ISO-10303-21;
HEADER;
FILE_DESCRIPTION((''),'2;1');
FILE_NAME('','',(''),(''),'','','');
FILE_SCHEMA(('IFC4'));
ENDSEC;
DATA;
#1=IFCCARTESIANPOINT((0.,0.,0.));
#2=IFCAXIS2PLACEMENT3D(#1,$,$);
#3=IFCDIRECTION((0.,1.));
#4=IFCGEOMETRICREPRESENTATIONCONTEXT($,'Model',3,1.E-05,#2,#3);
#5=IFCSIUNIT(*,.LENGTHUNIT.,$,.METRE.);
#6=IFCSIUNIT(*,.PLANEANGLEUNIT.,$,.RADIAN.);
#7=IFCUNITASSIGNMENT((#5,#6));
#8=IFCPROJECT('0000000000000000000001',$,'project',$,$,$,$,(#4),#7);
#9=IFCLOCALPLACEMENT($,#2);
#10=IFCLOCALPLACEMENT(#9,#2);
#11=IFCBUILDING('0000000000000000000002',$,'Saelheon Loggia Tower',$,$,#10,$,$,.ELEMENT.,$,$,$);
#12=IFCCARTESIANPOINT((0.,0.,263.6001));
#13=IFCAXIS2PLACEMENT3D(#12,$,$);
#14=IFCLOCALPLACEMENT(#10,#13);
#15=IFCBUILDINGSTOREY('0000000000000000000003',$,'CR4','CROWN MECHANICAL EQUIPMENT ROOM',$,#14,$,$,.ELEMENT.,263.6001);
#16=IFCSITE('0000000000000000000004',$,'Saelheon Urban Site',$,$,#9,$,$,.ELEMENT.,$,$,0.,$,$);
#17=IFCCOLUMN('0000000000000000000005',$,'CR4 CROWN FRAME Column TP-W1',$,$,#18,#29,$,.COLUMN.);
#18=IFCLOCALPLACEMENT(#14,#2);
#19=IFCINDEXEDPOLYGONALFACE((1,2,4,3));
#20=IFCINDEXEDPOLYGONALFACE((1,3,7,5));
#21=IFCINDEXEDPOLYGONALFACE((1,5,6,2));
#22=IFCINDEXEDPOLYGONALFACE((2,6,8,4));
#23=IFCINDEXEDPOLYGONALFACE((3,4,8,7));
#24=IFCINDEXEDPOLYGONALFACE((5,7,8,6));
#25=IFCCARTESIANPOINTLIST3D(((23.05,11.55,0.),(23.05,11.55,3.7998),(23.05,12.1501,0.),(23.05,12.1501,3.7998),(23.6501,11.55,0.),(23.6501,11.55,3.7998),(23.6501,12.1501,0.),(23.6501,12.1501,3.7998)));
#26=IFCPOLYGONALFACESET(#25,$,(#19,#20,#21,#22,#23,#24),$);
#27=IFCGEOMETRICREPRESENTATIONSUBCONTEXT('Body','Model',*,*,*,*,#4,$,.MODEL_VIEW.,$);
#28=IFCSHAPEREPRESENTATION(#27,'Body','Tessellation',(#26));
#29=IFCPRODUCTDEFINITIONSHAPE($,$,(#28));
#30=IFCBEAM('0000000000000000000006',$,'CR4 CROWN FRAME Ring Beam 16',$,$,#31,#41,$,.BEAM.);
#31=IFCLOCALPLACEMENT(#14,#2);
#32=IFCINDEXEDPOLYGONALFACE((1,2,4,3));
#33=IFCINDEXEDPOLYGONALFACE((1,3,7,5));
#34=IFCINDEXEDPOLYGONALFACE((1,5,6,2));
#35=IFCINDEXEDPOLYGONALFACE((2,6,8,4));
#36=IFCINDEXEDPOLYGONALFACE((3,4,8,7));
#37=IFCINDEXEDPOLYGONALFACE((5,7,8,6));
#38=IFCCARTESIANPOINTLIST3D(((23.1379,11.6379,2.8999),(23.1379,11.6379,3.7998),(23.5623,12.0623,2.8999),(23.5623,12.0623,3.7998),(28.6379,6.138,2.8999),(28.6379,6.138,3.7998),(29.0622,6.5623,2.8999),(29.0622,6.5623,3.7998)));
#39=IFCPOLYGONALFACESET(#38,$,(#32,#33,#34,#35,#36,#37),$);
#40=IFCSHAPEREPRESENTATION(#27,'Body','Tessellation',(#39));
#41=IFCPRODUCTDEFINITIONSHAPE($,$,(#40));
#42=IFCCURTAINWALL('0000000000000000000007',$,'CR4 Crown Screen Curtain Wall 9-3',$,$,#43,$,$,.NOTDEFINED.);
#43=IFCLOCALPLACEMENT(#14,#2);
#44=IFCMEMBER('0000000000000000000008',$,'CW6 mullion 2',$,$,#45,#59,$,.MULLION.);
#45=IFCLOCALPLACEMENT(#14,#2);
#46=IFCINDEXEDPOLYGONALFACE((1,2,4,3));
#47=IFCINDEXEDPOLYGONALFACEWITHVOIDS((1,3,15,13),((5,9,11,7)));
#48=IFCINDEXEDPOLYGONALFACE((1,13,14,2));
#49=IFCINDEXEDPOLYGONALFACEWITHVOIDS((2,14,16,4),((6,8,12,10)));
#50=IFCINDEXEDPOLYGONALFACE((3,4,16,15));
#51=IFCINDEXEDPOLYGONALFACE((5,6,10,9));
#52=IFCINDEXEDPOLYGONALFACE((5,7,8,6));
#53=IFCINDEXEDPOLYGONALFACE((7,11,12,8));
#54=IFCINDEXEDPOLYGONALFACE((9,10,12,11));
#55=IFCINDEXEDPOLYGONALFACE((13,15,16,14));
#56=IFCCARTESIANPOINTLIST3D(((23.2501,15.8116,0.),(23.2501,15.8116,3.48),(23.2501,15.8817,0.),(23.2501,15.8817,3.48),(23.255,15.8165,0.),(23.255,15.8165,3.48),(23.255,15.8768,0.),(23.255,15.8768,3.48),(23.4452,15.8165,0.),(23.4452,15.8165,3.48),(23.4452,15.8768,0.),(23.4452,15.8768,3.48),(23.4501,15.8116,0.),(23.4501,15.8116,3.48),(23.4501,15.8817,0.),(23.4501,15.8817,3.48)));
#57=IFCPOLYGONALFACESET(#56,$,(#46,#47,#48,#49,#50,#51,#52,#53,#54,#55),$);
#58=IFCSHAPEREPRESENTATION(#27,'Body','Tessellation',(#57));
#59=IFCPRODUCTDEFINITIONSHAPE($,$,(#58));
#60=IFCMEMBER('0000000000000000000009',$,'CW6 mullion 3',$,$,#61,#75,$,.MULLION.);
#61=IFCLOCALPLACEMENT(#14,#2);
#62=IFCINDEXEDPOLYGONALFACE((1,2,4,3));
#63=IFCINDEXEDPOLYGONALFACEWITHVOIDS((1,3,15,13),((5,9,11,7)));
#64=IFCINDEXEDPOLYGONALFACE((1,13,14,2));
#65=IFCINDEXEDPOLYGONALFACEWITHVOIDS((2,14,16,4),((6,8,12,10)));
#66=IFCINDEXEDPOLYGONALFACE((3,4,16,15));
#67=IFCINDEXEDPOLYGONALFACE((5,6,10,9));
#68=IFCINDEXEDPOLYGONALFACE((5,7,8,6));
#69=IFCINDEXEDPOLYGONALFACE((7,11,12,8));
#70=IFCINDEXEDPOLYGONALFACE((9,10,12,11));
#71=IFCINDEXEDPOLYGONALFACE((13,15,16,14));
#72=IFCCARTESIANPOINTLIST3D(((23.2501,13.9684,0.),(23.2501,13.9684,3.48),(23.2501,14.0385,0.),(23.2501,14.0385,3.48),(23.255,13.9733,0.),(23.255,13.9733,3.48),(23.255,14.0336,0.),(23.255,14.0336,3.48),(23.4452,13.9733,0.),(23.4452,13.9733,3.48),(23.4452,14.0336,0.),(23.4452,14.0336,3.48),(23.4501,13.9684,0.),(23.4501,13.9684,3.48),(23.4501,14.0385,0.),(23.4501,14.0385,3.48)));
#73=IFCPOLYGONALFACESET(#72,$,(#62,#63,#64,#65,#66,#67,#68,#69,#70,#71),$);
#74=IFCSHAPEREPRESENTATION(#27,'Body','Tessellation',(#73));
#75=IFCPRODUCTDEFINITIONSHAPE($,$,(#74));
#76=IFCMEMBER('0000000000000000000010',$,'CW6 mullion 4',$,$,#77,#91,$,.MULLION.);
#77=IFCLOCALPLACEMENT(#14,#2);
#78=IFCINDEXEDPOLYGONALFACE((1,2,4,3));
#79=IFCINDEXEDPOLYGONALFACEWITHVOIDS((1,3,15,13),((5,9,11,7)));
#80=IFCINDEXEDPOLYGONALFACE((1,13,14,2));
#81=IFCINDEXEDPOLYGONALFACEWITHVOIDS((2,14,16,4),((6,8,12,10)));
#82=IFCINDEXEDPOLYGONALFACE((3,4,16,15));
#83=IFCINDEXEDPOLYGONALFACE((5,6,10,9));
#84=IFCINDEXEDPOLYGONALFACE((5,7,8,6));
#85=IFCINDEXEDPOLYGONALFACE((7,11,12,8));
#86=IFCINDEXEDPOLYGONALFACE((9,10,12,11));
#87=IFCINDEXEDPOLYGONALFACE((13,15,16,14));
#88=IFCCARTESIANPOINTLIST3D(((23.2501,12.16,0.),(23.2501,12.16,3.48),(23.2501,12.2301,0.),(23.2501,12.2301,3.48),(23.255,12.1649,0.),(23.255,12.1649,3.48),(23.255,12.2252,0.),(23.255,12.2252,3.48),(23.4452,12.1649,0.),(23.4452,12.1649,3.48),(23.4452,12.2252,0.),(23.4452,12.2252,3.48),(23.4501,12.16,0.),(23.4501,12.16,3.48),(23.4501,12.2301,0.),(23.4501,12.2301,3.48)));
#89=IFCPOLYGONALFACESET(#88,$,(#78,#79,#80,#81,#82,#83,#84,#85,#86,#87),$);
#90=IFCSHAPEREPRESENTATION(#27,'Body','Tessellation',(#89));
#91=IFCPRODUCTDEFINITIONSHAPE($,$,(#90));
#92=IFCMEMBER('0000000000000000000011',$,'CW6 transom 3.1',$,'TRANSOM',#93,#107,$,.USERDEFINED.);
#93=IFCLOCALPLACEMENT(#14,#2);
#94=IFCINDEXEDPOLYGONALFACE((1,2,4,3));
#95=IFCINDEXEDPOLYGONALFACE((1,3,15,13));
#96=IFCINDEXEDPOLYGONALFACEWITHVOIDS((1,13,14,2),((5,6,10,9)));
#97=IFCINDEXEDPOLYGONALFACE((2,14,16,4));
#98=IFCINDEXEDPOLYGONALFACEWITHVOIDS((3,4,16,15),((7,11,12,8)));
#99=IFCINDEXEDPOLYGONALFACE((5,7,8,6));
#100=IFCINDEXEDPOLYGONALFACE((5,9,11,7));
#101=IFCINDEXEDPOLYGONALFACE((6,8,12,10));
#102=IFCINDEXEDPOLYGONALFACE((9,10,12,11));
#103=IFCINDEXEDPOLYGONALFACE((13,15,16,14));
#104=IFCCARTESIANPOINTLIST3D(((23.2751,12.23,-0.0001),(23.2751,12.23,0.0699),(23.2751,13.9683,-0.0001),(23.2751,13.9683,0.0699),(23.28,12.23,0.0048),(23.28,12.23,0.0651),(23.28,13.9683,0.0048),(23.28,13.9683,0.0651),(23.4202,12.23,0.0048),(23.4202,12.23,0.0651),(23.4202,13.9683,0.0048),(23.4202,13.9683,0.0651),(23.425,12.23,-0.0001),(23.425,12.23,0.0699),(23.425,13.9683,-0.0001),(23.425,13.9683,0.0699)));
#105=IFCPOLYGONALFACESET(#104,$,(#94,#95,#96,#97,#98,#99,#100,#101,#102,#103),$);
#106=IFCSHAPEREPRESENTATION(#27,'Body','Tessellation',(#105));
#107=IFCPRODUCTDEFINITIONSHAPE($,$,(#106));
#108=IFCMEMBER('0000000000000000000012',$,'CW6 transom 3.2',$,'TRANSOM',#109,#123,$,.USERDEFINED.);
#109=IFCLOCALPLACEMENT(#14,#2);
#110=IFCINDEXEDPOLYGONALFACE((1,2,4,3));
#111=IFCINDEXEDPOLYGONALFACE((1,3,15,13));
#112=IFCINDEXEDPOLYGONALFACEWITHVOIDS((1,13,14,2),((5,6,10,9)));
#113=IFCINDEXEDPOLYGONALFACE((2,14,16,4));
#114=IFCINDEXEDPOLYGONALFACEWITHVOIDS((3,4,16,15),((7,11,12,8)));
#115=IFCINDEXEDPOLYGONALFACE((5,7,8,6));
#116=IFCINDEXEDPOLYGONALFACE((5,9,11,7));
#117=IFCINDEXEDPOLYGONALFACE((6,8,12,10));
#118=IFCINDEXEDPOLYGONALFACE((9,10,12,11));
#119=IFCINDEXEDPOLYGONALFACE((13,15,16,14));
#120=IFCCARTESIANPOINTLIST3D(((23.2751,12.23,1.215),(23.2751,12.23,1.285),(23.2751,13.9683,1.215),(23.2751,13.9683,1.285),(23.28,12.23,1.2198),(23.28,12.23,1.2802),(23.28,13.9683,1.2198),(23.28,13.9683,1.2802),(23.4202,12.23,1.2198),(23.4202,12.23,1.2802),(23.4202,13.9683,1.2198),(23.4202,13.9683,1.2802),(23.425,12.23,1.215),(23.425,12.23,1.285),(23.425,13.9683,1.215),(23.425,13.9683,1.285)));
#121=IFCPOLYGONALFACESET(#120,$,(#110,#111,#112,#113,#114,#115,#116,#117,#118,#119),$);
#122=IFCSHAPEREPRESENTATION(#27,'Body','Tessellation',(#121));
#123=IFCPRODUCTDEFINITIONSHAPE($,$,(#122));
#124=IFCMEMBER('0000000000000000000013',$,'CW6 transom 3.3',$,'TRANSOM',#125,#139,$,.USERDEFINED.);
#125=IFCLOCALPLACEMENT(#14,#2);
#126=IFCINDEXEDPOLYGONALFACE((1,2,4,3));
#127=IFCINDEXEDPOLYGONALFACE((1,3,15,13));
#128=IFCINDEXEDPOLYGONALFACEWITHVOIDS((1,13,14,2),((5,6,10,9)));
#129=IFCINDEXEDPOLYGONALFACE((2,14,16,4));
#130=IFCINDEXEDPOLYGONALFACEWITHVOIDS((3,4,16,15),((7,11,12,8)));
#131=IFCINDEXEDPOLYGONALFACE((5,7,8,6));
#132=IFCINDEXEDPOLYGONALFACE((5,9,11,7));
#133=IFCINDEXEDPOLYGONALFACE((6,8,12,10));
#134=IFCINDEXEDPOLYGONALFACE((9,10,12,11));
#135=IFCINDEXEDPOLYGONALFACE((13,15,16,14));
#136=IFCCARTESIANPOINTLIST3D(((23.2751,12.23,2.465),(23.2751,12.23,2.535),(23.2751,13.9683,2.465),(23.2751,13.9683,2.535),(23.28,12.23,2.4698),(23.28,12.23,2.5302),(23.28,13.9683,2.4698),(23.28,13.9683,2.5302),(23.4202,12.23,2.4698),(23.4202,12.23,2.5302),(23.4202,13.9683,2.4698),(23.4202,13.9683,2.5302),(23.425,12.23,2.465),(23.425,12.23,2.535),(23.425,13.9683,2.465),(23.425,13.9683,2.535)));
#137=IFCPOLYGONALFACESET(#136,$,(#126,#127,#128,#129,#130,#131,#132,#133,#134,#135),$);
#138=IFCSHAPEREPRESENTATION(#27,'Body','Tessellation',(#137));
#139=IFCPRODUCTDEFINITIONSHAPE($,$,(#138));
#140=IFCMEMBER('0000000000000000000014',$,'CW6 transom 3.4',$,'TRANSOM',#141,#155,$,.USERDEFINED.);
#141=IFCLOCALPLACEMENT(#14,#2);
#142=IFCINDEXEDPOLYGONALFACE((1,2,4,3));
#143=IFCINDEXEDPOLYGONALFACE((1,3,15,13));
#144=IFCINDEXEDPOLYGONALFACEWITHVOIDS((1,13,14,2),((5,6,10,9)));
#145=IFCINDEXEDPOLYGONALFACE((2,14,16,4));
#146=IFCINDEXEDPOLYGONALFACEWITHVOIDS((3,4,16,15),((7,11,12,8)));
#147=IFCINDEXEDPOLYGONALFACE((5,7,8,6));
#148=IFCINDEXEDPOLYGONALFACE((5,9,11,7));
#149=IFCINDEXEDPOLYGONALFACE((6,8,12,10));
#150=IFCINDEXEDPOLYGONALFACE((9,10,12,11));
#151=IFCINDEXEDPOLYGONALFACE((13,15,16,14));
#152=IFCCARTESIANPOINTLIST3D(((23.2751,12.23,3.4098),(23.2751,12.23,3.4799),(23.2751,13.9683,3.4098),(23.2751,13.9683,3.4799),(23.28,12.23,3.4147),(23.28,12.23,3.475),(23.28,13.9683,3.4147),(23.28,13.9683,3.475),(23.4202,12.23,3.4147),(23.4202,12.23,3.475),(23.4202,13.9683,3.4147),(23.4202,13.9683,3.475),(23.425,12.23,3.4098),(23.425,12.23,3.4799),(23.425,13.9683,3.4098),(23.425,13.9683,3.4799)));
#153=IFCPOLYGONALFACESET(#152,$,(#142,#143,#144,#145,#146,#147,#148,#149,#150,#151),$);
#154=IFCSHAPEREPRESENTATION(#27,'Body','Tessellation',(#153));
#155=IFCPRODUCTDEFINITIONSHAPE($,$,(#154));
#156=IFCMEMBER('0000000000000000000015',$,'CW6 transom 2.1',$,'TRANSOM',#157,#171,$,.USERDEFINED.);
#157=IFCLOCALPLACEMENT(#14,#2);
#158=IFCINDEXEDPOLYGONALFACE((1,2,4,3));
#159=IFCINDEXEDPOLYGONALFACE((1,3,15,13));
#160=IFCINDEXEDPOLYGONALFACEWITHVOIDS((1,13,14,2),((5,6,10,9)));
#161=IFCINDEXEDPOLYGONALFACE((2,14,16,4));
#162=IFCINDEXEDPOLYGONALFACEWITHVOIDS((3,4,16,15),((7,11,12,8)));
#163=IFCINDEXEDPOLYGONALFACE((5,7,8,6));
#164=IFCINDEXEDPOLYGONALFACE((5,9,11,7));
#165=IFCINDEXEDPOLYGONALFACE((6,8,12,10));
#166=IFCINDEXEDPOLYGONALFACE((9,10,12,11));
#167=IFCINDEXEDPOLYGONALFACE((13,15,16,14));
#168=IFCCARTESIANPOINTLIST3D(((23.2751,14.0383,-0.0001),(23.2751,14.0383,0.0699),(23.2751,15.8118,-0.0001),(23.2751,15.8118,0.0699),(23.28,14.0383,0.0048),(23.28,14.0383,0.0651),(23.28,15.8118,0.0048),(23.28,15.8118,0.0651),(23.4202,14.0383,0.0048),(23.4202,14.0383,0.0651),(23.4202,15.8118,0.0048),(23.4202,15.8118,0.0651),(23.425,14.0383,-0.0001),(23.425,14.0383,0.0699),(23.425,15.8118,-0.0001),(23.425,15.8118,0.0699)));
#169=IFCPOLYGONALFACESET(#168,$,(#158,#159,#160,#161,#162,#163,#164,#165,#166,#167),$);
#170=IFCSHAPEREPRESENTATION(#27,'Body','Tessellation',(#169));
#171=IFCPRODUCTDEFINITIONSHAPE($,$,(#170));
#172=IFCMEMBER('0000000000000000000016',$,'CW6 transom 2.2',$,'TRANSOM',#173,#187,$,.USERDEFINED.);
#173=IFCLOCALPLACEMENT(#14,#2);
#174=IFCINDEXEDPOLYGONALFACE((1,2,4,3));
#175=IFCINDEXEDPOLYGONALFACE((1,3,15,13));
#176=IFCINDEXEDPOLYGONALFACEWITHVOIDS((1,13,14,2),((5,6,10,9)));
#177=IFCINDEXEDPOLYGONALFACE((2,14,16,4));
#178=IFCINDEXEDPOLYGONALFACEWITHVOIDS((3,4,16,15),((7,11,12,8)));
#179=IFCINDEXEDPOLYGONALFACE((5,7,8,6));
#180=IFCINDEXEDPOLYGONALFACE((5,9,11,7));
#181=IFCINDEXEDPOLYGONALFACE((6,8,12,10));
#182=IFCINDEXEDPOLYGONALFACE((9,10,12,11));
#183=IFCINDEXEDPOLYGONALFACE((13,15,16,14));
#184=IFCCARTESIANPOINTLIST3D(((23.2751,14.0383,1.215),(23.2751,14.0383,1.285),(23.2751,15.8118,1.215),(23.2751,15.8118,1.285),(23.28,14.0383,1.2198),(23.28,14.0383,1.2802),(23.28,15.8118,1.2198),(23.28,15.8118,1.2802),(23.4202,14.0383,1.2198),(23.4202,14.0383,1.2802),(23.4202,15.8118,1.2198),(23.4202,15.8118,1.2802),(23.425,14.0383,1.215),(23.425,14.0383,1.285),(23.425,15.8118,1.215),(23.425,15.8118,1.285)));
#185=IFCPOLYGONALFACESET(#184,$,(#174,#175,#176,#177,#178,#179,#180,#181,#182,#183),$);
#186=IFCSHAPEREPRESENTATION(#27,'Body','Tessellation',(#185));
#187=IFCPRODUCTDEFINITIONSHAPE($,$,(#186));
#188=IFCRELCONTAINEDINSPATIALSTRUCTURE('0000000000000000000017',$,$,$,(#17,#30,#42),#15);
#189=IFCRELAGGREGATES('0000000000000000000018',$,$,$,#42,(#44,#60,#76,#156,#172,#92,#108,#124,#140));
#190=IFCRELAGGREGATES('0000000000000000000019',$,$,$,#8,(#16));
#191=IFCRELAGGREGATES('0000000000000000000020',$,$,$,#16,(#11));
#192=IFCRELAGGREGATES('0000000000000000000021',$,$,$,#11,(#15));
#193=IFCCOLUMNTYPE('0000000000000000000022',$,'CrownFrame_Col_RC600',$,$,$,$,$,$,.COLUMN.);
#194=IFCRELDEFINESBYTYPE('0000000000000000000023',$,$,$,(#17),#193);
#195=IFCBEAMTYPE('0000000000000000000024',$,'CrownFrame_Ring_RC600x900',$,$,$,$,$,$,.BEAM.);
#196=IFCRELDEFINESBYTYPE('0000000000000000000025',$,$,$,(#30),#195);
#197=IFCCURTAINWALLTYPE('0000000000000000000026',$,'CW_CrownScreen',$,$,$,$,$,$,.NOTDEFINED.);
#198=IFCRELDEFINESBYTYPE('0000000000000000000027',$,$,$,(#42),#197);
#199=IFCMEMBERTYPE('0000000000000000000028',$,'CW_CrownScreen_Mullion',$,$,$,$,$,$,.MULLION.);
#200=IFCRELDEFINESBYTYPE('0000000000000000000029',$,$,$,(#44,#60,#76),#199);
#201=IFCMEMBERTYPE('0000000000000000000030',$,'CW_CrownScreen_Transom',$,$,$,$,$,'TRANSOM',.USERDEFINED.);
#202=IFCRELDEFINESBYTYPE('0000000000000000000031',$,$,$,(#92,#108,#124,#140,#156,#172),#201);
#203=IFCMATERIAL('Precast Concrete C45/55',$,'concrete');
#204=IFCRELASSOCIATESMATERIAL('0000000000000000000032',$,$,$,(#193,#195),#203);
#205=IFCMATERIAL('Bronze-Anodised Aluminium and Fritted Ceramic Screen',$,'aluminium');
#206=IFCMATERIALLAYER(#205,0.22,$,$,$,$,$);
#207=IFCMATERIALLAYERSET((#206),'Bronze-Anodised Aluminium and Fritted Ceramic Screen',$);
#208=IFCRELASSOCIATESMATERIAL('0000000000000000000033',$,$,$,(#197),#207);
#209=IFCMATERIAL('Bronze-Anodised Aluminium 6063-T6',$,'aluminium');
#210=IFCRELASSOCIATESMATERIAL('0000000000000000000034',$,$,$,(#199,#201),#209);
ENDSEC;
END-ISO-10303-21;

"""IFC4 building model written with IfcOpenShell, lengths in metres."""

from ifc_helpers import new_model, si_unit, direction, frame, origin, origin_2d, place, context, subcontext, project, spatial, rectangle, hollow_rectangle, extrude, source, transform, mapped, material, layer, layer_set, material_profile, profile_set, type_object, element, aggregate, save


model = new_model("IFC4")

# Units and contexts
model_context = context("Model", 3, precision=1e-05, world=origin(), true_north=direction((0.0, 1.0)))
body_context = subcontext(model_context, "Body", "Model", "MODEL_VIEW")
ifc_project = project(units=[si_unit("LENGTHUNIT", "METRE"), si_unit("PLANEANGLEUNIT", "RADIAN")], contexts=[model_context])

# Site, building, storey
site_placement = place(None, origin())
site = spatial("IfcSite", under=ifc_project, at=site_placement, Name="Saelheon Urban Site", CompositionType="ELEMENT", RefElevation=0.0)
building_placement = place(site_placement, origin())
building = spatial("IfcBuilding", under=site, at=building_placement, Name="Saelheon Loggia Tower", CompositionType="ELEMENT")
storey_placement = place(building_placement, frame((0.0, 0.0, 263.6001)))
storey = spatial("IfcBuildingStorey", under=building, at=storey_placement, Name="CR4", Description="CROWN MECHANICAL EQUIPMENT ROOM", CompositionType="ELEMENT", Elevation=263.6001)

# Column
ifc_material_1 = material(Name="Precast Concrete C45/55", Category="concrete")
ifc_material_profile_1 = material_profile(ifc_material_1, rectangle(XDim=0.6001, YDim=0.6001, at=origin_2d()), Name="RC-600x600")
ifc_profile_set_1 = profile_set([ifc_material_profile_1], Name="Precast Concrete C45/55")
column_type = type_object("IfcColumnType", Name="CrownFrame_Col_RC600", PredefinedType="COLUMN", material=ifc_profile_set_1)
shared_shape_1 = source(origin(), body_context, "Body", "SweptSolid", [
    extrude(rectangle(XDim=0.6001, YDim=0.6001, at=origin_2d()), origin(), (0.0, 0.0, 1.0), 3.7998),
])
column_placement = place(storey_placement, frame((23.3501, 11.8501, 0.0), z_axis=(0.0, 0.0, 1.0), x_axis=(1.0, 0.0, 0.0)))
element("IfcColumn", 1, at=column_placement, inside=storey, type_object=column_type, Name="CR4 CROWN FRAME Column TP-W1", PredefinedType="COLUMN", context=body_context, shape_type="MappedRepresentation", body=[
    mapped(shared_shape_1, transform((0.0, 0.0, 0.0), scale=1.0)),
])

# Beam
ifc_material_profile_2 = material_profile(ifc_material_1, rectangle(XDim=0.6001, YDim=0.8999, at=origin_2d()), Name="RC-600x900")
ifc_profile_set_2 = profile_set([ifc_material_profile_2], Name="Precast Concrete C45/55")
beam_type = type_object("IfcBeamType", Name="CrownFrame_Ring_RC600x900", PredefinedType="BEAM", material=ifc_profile_set_2)
shared_shape_2 = source(origin(), body_context, "Body", "SweptSolid", [
    extrude(rectangle(XDim=0.6001, YDim=0.8999, at=origin_2d()), origin(), (0.0, 0.0, 1.0), 7.7781),
])
beam_placement = place(storey_placement, frame((23.3501, 11.8501, 3.3499), z_axis=(0.707107, -0.707107, 0.0), x_axis=(0.707107, 0.707107, 0.0)))
element("IfcBeam", 2, at=beam_placement, inside=storey, type_object=beam_type, Name="CR4 CROWN FRAME Ring Beam 16", PredefinedType="BEAM", context=body_context, shape_type="MappedRepresentation", body=[
    mapped(shared_shape_2, transform((0.0, 0.0, 0.0), scale=1.0)),
])

# Curtain wall, members
ifc_material_2 = material(Name="Bronze-Anodised Aluminium and Fritted Ceramic Screen", Category="aluminium")
ifc_layer_1 = layer(ifc_material_2, 0.22)
ifc_layer_set_1 = layer_set([ifc_layer_1], Name="Bronze-Anodised Aluminium and Fritted Ceramic Screen")
curtain_wall_type = type_object("IfcCurtainWallType", Name="CW_CrownScreen", PredefinedType="NOTDEFINED", material=ifc_layer_set_1)
curtain_wall_placement = place(storey_placement, origin())
curtain_wall = element("IfcCurtainWall", 3, at=curtain_wall_placement, inside=storey, type_object=curtain_wall_type, Name="CR4 Crown Screen Curtain Wall 9-3", PredefinedType="NOTDEFINED")
ifc_material_3 = material(Name="Bronze-Anodised Aluminium 6063-T6", Category="aluminium")
ifc_material_profile_3 = material_profile(ifc_material_3, hollow_rectangle(XDim=0.0701, YDim=0.2, WallThickness=0.0049, at=origin_2d()), Name="RHS-200x70x5")
ifc_profile_set_3 = profile_set([ifc_material_profile_3], Name="Bronze-Anodised Aluminium 6063-T6")
member_type_1 = type_object("IfcMemberType", Name="CW_CrownScreen_Mullion", PredefinedType="MULLION", material=ifc_profile_set_3)
shared_shape_3 = source(origin(), body_context, "Body", "SweptSolid", [
    extrude(hollow_rectangle(XDim=0.0701, YDim=0.2, WallThickness=0.0049, at=origin_2d()), origin(), (0.0, 0.0, 1.0), 3.48),
])
member_1_placement = place(storey_placement, frame((23.3501, 15.8467, 0.0), z_axis=(0.0, 0.0, 1.0), x_axis=(0.0, -1.0, 0.0)))
member_1 = element("IfcMember", 4, at=member_1_placement, type_object=member_type_1, Name="CW6 mullion 2", PredefinedType="MULLION", context=body_context, shape_type="MappedRepresentation", body=[
    mapped(shared_shape_3, transform((0.0, 0.0, 0.0), scale=1.0)),
])
member_2_placement = place(storey_placement, frame((23.3501, 14.0034, 0.0), z_axis=(0.0, 0.0, 1.0), x_axis=(0.0, -1.0, 0.0)))
member_2 = element("IfcMember", 5, at=member_2_placement, type_object=member_type_1, Name="CW6 mullion 3", PredefinedType="MULLION", context=body_context, shape_type="MappedRepresentation", body=[
    mapped(shared_shape_3, transform((0.0, 0.0, 0.0), scale=1.0)),
])
member_3_placement = place(storey_placement, frame((23.3501, 12.1951, 0.0), z_axis=(0.0, 0.0, 1.0), x_axis=(0.0, -1.0, 0.0)))
member_3 = element("IfcMember", 6, at=member_3_placement, type_object=member_type_1, Name="CW6 mullion 4", PredefinedType="MULLION", context=body_context, shape_type="MappedRepresentation", body=[
    mapped(shared_shape_3, transform((0.0, 0.0, 0.0), scale=1.0)),
])
ifc_material_profile_4 = material_profile(ifc_material_3, hollow_rectangle(XDim=0.0701, YDim=0.1499, WallThickness=0.0049, at=origin_2d()), Name="RHS-150x70x5")
ifc_profile_set_4 = profile_set([ifc_material_profile_4], Name="Bronze-Anodised Aluminium 6063-T6")
member_type_2 = type_object("IfcMemberType", Name="CW_CrownScreen_Transom", ElementType="TRANSOM", PredefinedType="USERDEFINED", material=ifc_profile_set_4)
shared_shape_4 = source(origin(), body_context, "Body", "SweptSolid", [
    extrude(hollow_rectangle(XDim=0.0701, YDim=0.1499, WallThickness=0.0049, at=origin_2d()), origin(), (0.0, 0.0, 1.0), 1.7383),
])
member_4_placement = place(storey_placement, frame((23.3501, 13.9683, 0.0349), z_axis=(0.0, -1.0, 0.0), x_axis=(0.0, 0.0, 1.0)))
member_4 = element("IfcMember", 7, at=member_4_placement, type_object=member_type_2, Name="CW6 transom 3.1", ObjectType="TRANSOM", PredefinedType="USERDEFINED", context=body_context, shape_type="MappedRepresentation", body=[
    mapped(shared_shape_4, transform((0.0, 0.0, 0.0), scale=1.0)),
])
member_5_placement = place(storey_placement, frame((23.3501, 13.9683, 1.25), z_axis=(0.0, -1.0, 0.0), x_axis=(0.0, 0.0, 1.0)))
member_5 = element("IfcMember", 8, at=member_5_placement, type_object=member_type_2, Name="CW6 transom 3.2", ObjectType="TRANSOM", PredefinedType="USERDEFINED", context=body_context, shape_type="MappedRepresentation", body=[
    mapped(shared_shape_4, transform((0.0, 0.0, 0.0), scale=1.0)),
])
member_6_placement = place(storey_placement, frame((23.3501, 13.9683, 2.5), z_axis=(0.0, -1.0, 0.0), x_axis=(0.0, 0.0, 1.0)))
member_6 = element("IfcMember", 9, at=member_6_placement, type_object=member_type_2, Name="CW6 transom 3.3", ObjectType="TRANSOM", PredefinedType="USERDEFINED", context=body_context, shape_type="MappedRepresentation", body=[
    mapped(shared_shape_4, transform((0.0, 0.0, 0.0), scale=1.0)),
])
member_7_placement = place(storey_placement, frame((23.3501, 13.9683, 3.4448), z_axis=(0.0, -1.0, 0.0), x_axis=(0.0, 0.0, 1.0)))
member_7 = element("IfcMember", 10, at=member_7_placement, type_object=member_type_2, Name="CW6 transom 3.4", ObjectType="TRANSOM", PredefinedType="USERDEFINED", context=body_context, shape_type="MappedRepresentation", body=[
    mapped(shared_shape_4, transform((0.0, 0.0, 0.0), scale=1.0)),
])
shared_shape_5 = source(origin(), body_context, "Body", "SweptSolid", [
    extrude(hollow_rectangle(XDim=0.0701, YDim=0.1499, WallThickness=0.0049, at=origin_2d()), origin(), (0.0, 0.0, 1.0), 1.7734),
])
member_8_placement = place(storey_placement, frame((23.3501, 15.8118, 0.0349), z_axis=(0.0, -1.0, 0.0), x_axis=(0.0, 0.0, 1.0)))
member_8 = element("IfcMember", 11, at=member_8_placement, type_object=member_type_2, Name="CW6 transom 2.1", ObjectType="TRANSOM", PredefinedType="USERDEFINED", context=body_context, shape_type="MappedRepresentation", body=[
    mapped(shared_shape_5, transform((0.0, 0.0, 0.0), scale=1.0)),
])
member_9_placement = place(storey_placement, frame((23.3501, 15.8118, 1.25), z_axis=(0.0, -1.0, 0.0), x_axis=(0.0, 0.0, 1.0)))
member_9 = element("IfcMember", 12, at=member_9_placement, type_object=member_type_2, Name="CW6 transom 2.2", ObjectType="TRANSOM", PredefinedType="USERDEFINED", context=body_context, shape_type="MappedRepresentation", body=[
    mapped(shared_shape_5, transform((0.0, 0.0, 0.0), scale=1.0)),
])

aggregate(curtain_wall, [member_1, member_2, member_3, member_8, member_9, member_4, member_5, member_6, member_7])

save(model, "model.ifc")
